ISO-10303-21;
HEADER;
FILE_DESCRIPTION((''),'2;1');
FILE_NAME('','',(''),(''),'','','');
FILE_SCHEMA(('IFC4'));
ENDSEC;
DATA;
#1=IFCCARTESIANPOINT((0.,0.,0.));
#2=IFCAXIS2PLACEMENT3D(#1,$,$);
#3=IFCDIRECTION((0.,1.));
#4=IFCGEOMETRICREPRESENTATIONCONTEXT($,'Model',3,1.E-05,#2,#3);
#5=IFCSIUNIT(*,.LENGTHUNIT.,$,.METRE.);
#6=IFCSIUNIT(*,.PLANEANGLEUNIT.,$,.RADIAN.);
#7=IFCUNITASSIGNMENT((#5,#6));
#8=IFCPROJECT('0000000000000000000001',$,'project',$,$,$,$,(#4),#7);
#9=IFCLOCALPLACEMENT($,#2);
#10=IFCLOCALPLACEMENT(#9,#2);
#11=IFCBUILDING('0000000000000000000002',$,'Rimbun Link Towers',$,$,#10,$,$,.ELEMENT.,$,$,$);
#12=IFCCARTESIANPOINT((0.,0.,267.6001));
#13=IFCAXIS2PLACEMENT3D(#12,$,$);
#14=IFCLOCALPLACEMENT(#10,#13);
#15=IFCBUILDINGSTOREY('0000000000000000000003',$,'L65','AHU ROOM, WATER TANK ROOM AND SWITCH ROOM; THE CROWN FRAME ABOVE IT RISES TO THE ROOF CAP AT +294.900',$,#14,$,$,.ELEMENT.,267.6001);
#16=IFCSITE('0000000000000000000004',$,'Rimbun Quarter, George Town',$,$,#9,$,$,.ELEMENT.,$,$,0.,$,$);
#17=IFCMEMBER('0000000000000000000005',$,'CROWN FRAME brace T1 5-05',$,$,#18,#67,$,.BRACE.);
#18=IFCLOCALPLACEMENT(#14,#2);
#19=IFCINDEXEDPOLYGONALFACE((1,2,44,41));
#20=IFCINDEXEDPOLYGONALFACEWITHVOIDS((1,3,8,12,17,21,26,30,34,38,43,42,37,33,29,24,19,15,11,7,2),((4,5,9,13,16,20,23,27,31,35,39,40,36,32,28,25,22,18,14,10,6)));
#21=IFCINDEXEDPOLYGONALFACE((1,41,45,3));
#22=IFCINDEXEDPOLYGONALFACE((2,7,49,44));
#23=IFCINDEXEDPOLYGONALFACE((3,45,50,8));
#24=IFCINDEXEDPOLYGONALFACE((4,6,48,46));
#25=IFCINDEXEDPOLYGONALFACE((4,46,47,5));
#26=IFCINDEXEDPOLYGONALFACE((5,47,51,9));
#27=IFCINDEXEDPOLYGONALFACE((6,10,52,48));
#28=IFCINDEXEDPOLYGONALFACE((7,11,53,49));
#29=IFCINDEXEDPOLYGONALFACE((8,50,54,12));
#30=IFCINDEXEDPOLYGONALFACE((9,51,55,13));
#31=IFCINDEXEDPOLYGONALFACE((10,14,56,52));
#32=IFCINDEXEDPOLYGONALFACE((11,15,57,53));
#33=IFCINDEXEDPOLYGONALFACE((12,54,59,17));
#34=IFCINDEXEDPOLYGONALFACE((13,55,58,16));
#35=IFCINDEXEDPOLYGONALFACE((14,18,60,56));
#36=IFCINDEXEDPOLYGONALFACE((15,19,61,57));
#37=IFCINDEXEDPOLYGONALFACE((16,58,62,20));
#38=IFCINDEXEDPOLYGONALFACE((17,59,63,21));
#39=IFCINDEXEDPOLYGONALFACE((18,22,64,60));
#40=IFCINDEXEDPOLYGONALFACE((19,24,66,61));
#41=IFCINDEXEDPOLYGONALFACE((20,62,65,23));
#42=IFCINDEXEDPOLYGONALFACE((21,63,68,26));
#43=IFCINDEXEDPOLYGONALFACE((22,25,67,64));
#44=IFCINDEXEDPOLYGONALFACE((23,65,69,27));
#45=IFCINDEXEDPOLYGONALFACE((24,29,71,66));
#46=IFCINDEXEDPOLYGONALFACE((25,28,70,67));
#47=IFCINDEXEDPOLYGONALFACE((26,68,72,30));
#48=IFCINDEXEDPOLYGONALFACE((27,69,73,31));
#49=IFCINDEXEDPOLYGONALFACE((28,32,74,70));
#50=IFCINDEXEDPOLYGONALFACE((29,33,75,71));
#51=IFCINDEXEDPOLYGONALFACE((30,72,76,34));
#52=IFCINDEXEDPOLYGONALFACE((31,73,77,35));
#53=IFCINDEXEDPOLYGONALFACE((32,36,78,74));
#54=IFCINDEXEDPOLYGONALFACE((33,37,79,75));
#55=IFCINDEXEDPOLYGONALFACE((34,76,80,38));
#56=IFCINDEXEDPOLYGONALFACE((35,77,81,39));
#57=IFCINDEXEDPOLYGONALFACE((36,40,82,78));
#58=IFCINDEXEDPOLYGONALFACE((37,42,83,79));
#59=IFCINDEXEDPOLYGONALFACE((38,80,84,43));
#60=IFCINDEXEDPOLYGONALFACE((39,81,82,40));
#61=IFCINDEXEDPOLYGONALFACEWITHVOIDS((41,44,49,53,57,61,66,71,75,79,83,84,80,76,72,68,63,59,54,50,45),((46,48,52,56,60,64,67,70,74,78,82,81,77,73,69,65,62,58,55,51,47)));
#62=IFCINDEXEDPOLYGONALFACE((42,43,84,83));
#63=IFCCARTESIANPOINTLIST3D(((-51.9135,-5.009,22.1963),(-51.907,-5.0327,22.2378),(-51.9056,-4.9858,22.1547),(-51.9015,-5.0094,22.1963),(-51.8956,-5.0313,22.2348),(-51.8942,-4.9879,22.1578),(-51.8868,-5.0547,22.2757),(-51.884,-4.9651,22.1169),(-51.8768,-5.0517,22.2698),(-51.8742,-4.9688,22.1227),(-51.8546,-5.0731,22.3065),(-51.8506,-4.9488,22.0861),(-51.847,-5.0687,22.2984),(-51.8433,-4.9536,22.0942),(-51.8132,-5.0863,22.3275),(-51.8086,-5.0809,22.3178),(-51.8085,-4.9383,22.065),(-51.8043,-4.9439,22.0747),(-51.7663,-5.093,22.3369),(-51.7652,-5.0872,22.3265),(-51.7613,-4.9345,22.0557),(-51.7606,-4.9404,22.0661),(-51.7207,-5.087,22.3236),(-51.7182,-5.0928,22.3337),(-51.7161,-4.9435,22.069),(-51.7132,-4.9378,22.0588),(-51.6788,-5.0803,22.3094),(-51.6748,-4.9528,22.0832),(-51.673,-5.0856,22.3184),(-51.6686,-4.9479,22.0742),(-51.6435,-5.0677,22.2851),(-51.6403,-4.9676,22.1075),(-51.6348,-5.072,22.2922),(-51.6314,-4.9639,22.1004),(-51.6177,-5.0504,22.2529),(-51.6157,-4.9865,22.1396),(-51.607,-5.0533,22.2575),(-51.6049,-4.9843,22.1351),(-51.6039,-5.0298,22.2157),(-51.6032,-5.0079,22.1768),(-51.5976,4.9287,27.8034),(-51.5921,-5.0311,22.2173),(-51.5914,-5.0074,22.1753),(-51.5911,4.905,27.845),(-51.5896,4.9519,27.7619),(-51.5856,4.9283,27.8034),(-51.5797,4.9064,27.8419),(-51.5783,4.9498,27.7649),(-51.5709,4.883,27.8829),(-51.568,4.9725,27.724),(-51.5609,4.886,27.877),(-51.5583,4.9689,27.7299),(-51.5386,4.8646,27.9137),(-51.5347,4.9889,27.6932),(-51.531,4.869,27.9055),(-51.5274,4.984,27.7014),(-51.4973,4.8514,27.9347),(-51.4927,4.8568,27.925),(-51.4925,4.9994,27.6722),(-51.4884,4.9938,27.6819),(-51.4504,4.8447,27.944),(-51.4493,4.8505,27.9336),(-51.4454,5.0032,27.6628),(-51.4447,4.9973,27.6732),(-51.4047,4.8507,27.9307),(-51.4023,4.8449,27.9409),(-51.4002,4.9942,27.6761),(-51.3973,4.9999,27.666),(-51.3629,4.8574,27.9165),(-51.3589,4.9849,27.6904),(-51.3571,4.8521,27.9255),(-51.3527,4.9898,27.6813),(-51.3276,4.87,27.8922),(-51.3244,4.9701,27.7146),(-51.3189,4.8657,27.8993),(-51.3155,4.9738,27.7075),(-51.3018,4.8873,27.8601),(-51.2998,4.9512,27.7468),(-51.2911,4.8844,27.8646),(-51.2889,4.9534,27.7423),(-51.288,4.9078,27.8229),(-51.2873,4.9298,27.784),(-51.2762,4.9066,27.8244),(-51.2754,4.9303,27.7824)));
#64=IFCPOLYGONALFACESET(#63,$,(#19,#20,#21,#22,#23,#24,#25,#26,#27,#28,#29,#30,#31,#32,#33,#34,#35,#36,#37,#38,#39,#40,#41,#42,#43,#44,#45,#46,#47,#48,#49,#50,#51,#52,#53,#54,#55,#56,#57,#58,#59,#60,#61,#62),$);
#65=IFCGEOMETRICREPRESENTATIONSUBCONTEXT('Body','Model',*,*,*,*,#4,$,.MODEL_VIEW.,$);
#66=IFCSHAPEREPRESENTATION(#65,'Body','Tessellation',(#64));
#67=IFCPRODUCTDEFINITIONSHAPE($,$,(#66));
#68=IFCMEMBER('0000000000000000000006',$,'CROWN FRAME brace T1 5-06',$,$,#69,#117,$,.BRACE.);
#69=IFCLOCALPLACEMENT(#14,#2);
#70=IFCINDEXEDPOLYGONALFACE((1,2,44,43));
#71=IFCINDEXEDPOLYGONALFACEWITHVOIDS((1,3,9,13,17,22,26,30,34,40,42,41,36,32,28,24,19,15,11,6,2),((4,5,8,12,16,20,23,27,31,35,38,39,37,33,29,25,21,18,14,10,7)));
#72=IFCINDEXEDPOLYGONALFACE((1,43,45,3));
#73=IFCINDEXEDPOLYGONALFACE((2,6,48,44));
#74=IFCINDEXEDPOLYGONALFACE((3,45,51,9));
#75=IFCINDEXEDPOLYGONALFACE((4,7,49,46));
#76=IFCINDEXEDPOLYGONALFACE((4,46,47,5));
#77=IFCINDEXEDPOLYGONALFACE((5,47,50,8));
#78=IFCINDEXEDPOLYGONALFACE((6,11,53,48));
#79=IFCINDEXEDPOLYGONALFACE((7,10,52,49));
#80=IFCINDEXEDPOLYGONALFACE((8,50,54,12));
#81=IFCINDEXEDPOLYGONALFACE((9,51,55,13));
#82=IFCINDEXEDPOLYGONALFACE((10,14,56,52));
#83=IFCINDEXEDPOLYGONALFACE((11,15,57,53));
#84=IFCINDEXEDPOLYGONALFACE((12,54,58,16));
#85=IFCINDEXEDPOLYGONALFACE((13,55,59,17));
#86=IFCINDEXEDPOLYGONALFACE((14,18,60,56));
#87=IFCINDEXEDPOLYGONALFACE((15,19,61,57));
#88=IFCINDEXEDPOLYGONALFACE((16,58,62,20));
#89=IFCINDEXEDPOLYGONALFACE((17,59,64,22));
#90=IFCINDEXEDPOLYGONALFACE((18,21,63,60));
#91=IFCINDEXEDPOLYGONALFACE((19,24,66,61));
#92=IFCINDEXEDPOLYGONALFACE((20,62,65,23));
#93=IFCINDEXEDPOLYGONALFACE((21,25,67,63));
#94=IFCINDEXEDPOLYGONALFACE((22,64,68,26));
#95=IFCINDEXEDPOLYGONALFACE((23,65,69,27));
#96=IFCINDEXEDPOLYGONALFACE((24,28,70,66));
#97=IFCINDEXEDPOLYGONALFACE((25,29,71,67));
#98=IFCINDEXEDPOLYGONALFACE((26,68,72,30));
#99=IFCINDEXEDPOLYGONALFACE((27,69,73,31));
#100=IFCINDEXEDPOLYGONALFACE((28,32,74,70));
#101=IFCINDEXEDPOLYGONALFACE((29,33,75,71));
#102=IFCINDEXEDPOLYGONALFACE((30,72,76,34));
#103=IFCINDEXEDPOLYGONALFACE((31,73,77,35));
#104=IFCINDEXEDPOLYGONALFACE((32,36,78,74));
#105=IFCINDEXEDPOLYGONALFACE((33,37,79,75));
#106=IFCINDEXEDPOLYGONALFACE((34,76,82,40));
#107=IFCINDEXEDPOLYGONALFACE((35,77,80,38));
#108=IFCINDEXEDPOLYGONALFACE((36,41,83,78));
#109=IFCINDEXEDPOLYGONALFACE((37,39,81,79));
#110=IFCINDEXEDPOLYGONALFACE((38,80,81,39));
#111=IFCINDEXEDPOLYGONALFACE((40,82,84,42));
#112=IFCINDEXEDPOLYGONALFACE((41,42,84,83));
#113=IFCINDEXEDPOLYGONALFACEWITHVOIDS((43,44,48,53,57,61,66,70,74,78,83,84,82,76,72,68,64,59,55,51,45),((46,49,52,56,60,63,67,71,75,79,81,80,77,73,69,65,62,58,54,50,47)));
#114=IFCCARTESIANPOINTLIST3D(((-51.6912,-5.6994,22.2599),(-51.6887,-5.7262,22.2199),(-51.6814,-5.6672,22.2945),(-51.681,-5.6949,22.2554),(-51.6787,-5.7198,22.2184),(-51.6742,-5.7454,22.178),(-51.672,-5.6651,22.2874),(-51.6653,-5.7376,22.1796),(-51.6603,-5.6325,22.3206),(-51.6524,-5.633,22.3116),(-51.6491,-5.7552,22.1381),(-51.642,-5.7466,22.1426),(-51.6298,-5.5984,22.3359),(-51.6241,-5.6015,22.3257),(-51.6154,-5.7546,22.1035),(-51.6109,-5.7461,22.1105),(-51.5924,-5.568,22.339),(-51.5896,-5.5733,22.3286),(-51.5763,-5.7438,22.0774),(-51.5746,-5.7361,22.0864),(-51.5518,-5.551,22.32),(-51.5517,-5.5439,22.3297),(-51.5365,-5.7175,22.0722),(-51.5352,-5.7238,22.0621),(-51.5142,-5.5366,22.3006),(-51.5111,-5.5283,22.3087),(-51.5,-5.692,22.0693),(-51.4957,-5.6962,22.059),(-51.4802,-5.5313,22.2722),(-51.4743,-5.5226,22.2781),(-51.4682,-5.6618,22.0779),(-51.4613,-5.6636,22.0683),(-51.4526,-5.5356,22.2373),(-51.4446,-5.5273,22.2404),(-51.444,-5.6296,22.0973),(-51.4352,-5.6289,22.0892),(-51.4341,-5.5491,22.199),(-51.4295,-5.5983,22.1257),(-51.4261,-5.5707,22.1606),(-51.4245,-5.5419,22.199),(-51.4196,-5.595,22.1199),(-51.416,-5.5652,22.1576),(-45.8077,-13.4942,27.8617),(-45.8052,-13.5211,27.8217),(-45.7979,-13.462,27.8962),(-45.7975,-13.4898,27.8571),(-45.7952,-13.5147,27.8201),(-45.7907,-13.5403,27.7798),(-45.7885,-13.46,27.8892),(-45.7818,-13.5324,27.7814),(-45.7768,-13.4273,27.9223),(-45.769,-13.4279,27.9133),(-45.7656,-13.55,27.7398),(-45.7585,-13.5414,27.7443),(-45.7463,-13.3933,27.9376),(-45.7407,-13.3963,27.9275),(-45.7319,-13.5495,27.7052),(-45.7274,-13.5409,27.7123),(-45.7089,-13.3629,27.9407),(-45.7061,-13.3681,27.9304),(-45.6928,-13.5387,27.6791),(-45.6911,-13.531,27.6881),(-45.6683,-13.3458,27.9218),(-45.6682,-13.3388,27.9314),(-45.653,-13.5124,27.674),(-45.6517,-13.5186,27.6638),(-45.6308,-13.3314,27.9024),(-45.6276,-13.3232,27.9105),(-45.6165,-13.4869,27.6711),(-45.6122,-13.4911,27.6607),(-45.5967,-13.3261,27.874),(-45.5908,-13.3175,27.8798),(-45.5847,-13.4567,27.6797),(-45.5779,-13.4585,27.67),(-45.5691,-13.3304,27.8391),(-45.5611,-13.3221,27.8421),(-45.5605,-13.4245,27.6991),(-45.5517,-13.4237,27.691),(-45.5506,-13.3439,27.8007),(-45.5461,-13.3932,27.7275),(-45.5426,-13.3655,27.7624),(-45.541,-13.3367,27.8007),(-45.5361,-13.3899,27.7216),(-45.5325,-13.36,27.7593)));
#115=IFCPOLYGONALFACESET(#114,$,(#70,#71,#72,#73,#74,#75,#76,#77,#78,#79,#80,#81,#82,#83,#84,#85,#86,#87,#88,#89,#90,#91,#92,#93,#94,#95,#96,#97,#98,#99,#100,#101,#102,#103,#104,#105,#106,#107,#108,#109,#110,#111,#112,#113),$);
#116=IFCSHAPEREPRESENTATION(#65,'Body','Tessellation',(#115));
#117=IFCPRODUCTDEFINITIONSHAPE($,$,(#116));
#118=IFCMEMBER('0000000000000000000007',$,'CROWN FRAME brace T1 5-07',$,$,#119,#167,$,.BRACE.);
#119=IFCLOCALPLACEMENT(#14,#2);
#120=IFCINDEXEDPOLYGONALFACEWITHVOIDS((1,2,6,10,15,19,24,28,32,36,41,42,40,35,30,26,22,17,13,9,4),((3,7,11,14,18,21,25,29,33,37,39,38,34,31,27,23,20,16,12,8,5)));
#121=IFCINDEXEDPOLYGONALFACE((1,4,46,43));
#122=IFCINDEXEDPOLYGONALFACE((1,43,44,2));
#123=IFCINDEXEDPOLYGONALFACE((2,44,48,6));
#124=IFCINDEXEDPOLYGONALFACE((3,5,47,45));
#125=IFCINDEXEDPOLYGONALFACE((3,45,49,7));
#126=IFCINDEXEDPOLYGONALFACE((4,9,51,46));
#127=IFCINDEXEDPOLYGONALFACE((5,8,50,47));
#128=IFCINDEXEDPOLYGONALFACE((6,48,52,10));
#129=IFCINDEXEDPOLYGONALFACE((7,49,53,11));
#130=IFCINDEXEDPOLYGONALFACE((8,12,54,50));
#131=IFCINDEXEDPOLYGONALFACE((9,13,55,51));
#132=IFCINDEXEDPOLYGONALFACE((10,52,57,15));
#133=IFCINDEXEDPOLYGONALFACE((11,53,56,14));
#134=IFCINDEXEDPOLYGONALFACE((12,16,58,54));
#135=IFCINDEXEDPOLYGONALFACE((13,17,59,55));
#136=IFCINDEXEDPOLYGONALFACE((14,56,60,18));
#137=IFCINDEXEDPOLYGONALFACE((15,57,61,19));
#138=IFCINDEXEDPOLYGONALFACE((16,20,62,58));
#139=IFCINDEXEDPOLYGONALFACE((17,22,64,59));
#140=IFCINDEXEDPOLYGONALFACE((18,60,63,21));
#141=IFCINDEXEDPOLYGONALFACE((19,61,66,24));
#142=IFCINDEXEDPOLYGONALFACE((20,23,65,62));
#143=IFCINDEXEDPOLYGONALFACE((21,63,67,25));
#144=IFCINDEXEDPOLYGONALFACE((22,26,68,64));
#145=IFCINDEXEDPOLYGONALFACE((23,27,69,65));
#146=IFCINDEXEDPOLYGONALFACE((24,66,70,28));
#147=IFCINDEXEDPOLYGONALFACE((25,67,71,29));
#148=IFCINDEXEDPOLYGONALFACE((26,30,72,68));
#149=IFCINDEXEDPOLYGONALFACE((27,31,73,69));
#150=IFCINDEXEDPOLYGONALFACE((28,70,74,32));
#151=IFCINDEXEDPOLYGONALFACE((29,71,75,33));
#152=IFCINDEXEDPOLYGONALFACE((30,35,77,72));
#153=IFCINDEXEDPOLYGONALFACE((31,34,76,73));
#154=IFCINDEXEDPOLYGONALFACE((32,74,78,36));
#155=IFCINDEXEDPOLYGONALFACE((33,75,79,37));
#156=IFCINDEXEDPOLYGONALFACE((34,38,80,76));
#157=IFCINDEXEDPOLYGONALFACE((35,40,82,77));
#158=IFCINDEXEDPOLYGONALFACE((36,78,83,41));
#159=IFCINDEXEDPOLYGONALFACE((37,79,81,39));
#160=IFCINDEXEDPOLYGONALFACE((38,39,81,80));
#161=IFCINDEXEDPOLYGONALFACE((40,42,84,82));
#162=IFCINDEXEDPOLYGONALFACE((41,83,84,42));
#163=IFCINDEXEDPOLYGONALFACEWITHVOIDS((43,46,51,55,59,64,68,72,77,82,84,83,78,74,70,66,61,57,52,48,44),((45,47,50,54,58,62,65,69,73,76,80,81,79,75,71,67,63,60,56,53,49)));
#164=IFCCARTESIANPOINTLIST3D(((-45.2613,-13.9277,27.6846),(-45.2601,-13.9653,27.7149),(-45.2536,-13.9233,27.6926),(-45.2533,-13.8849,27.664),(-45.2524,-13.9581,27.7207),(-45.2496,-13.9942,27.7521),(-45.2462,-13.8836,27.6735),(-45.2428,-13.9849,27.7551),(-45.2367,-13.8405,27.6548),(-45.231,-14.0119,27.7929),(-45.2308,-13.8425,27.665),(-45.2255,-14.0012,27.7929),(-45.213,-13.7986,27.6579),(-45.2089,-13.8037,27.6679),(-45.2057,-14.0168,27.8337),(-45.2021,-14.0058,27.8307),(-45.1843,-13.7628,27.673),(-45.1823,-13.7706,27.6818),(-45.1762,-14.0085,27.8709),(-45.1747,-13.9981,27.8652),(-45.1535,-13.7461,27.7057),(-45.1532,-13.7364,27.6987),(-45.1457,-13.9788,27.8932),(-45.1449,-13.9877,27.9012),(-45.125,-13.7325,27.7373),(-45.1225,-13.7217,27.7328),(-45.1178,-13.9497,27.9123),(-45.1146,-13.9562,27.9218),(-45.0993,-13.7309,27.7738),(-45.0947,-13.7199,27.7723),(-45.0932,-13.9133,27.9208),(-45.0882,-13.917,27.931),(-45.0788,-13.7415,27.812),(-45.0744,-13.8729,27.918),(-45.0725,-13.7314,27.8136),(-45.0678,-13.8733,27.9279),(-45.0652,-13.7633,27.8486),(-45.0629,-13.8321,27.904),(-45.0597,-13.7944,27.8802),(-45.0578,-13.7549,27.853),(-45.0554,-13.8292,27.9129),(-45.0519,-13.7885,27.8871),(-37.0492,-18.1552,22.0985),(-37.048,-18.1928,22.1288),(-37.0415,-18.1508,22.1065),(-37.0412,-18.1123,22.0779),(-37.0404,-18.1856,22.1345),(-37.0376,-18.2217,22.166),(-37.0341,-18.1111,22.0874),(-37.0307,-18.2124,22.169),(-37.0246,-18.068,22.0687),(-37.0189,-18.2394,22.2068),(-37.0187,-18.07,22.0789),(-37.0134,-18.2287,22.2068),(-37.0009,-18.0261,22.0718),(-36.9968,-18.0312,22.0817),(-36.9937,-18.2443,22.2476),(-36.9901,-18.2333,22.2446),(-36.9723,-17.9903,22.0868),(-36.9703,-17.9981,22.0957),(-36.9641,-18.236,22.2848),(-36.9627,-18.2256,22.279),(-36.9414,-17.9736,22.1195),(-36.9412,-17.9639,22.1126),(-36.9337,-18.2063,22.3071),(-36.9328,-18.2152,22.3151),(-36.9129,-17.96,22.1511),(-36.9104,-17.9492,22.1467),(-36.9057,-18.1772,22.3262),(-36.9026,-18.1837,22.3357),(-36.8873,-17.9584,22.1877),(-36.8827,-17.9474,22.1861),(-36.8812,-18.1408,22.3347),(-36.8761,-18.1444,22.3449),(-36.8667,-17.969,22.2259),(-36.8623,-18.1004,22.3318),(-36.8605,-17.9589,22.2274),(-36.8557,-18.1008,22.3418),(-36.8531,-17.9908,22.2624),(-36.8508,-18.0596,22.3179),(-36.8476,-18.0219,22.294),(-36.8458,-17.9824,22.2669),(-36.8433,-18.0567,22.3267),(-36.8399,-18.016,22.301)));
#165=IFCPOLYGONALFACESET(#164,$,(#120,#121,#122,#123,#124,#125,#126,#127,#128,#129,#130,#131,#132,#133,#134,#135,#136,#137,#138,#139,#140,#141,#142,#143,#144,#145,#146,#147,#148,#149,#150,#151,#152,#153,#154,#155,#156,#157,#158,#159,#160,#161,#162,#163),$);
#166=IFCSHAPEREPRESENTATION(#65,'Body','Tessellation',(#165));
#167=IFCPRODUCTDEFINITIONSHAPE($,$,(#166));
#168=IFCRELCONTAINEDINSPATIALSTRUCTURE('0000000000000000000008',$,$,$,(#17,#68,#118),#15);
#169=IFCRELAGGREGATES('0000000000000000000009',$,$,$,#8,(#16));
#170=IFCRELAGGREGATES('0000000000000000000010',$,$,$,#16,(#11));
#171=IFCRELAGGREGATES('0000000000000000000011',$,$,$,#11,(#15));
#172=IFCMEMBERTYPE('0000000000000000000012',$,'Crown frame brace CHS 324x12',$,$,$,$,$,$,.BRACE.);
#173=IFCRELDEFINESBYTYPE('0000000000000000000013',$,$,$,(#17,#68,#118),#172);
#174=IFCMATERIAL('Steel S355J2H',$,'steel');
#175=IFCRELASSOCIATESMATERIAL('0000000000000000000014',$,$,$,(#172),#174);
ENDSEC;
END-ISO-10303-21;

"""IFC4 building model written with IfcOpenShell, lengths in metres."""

from ifc_helpers import new_model, si_unit, direction, frame, origin, origin_2d, place, context, subcontext, project, spatial, hollow_circle, extrude, material, material_profile, profile_set, type_object, element, save


model = new_model("IFC4")

# Units and contexts
model_context = context("Model", 3, precision=1e-05, world=origin(), true_north=direction((0.0, 1.0)))
body_context = subcontext(model_context, "Body", "Model", "MODEL_VIEW")
ifc_project = project(units=[si_unit("LENGTHUNIT", "METRE"), si_unit("PLANEANGLEUNIT", "RADIAN")], contexts=[model_context])

# Site, building, storey
site_placement = place(None, origin())
site = spatial("IfcSite", under=ifc_project, at=site_placement, Name="Rimbun Quarter, George Town", CompositionType="ELEMENT", RefElevation=0.0)
building_placement = place(site_placement, origin())
building = spatial("IfcBuilding", under=site, at=building_placement, Name="Rimbun Link Towers", CompositionType="ELEMENT")
storey_placement = place(building_placement, frame((0.0, 0.0, 267.6001)))
storey = spatial("IfcBuildingStorey", under=building, at=storey_placement, Name="L65", Description="AHU ROOM, WATER TANK ROOM AND SWITCH ROOM; THE CROWN FRAME ABOVE IT RISES TO THE ROOF CAP AT +294.900", CompositionType="ELEMENT", Elevation=267.6001)

# Members
ifc_material_1 = material(Name="Steel S355J2H", Category="steel")
ifc_material_profile_1 = material_profile(ifc_material_1, hollow_circle(Radius=0.1619, WallThickness=0.012, at=origin_2d()), Name="Crown frame brace CHS 324x12")
ifc_profile_set_1 = profile_set([ifc_material_profile_1], Name="Steel S355J2H")
member_type_1 = type_object("IfcMemberType", Name="Crown frame brace CHS 324x12", PredefinedType="BRACE", material=ifc_profile_set_1)
member_1_placement = place(storey_placement, frame((-51.7517, -5.0142, 22.1963), z_axis=(0.027676, 0.870597, 0.491217), x_axis=(-0.999495, 0.031774, 0.0)))
element("IfcMember", 1, at=member_1_placement, inside=storey, type_object=member_type_1, Name="CROWN FRAME brace T1 5-05", PredefinedType="BRACE", context=body_context, shape_type="SweptSolid", body=[
    extrude(hollow_circle(Radius=0.1619, WallThickness=0.012, at=origin_2d()), origin(), (0.0, 0.0, 1.0), 11.4148),
])
member_2_placement = place(storey_placement, frame((-51.5537, -5.6394, 22.199), z_axis=(0.52258, -0.69235, 0.497556), x_axis=(0.79816, 0.602445, 0.0)))
element("IfcMember", 2, at=member_2_placement, inside=storey, type_object=member_type_1, Name="CROWN FRAME brace T1 5-06", PredefinedType="BRACE", context=body_context, shape_type="SweptSolid", body=[
    extrude(hollow_circle(Radius=0.1619, WallThickness=0.012, at=origin_2d()), origin(), (0.0, 0.0, 1.0), 11.2585),
])
member_3_placement = place(storey_placement, frame((-36.9448, -18.0955, 22.2068), z_axis=(-0.760786, 0.391645, 0.517512), x_axis=(-0.457703, -0.889105, 0.0)))
element("IfcMember", 3, at=member_3_placement, inside=storey, type_object=member_type_1, Name="CROWN FRAME brace T1 5-07", PredefinedType="BRACE", context=body_context, shape_type="SweptSolid", body=[
    extrude(hollow_circle(Radius=0.1619, WallThickness=0.012, at=origin_2d()), origin(), (0.0, 0.0, 1.0), 10.7942),
])

save(model, "model.ifc")
